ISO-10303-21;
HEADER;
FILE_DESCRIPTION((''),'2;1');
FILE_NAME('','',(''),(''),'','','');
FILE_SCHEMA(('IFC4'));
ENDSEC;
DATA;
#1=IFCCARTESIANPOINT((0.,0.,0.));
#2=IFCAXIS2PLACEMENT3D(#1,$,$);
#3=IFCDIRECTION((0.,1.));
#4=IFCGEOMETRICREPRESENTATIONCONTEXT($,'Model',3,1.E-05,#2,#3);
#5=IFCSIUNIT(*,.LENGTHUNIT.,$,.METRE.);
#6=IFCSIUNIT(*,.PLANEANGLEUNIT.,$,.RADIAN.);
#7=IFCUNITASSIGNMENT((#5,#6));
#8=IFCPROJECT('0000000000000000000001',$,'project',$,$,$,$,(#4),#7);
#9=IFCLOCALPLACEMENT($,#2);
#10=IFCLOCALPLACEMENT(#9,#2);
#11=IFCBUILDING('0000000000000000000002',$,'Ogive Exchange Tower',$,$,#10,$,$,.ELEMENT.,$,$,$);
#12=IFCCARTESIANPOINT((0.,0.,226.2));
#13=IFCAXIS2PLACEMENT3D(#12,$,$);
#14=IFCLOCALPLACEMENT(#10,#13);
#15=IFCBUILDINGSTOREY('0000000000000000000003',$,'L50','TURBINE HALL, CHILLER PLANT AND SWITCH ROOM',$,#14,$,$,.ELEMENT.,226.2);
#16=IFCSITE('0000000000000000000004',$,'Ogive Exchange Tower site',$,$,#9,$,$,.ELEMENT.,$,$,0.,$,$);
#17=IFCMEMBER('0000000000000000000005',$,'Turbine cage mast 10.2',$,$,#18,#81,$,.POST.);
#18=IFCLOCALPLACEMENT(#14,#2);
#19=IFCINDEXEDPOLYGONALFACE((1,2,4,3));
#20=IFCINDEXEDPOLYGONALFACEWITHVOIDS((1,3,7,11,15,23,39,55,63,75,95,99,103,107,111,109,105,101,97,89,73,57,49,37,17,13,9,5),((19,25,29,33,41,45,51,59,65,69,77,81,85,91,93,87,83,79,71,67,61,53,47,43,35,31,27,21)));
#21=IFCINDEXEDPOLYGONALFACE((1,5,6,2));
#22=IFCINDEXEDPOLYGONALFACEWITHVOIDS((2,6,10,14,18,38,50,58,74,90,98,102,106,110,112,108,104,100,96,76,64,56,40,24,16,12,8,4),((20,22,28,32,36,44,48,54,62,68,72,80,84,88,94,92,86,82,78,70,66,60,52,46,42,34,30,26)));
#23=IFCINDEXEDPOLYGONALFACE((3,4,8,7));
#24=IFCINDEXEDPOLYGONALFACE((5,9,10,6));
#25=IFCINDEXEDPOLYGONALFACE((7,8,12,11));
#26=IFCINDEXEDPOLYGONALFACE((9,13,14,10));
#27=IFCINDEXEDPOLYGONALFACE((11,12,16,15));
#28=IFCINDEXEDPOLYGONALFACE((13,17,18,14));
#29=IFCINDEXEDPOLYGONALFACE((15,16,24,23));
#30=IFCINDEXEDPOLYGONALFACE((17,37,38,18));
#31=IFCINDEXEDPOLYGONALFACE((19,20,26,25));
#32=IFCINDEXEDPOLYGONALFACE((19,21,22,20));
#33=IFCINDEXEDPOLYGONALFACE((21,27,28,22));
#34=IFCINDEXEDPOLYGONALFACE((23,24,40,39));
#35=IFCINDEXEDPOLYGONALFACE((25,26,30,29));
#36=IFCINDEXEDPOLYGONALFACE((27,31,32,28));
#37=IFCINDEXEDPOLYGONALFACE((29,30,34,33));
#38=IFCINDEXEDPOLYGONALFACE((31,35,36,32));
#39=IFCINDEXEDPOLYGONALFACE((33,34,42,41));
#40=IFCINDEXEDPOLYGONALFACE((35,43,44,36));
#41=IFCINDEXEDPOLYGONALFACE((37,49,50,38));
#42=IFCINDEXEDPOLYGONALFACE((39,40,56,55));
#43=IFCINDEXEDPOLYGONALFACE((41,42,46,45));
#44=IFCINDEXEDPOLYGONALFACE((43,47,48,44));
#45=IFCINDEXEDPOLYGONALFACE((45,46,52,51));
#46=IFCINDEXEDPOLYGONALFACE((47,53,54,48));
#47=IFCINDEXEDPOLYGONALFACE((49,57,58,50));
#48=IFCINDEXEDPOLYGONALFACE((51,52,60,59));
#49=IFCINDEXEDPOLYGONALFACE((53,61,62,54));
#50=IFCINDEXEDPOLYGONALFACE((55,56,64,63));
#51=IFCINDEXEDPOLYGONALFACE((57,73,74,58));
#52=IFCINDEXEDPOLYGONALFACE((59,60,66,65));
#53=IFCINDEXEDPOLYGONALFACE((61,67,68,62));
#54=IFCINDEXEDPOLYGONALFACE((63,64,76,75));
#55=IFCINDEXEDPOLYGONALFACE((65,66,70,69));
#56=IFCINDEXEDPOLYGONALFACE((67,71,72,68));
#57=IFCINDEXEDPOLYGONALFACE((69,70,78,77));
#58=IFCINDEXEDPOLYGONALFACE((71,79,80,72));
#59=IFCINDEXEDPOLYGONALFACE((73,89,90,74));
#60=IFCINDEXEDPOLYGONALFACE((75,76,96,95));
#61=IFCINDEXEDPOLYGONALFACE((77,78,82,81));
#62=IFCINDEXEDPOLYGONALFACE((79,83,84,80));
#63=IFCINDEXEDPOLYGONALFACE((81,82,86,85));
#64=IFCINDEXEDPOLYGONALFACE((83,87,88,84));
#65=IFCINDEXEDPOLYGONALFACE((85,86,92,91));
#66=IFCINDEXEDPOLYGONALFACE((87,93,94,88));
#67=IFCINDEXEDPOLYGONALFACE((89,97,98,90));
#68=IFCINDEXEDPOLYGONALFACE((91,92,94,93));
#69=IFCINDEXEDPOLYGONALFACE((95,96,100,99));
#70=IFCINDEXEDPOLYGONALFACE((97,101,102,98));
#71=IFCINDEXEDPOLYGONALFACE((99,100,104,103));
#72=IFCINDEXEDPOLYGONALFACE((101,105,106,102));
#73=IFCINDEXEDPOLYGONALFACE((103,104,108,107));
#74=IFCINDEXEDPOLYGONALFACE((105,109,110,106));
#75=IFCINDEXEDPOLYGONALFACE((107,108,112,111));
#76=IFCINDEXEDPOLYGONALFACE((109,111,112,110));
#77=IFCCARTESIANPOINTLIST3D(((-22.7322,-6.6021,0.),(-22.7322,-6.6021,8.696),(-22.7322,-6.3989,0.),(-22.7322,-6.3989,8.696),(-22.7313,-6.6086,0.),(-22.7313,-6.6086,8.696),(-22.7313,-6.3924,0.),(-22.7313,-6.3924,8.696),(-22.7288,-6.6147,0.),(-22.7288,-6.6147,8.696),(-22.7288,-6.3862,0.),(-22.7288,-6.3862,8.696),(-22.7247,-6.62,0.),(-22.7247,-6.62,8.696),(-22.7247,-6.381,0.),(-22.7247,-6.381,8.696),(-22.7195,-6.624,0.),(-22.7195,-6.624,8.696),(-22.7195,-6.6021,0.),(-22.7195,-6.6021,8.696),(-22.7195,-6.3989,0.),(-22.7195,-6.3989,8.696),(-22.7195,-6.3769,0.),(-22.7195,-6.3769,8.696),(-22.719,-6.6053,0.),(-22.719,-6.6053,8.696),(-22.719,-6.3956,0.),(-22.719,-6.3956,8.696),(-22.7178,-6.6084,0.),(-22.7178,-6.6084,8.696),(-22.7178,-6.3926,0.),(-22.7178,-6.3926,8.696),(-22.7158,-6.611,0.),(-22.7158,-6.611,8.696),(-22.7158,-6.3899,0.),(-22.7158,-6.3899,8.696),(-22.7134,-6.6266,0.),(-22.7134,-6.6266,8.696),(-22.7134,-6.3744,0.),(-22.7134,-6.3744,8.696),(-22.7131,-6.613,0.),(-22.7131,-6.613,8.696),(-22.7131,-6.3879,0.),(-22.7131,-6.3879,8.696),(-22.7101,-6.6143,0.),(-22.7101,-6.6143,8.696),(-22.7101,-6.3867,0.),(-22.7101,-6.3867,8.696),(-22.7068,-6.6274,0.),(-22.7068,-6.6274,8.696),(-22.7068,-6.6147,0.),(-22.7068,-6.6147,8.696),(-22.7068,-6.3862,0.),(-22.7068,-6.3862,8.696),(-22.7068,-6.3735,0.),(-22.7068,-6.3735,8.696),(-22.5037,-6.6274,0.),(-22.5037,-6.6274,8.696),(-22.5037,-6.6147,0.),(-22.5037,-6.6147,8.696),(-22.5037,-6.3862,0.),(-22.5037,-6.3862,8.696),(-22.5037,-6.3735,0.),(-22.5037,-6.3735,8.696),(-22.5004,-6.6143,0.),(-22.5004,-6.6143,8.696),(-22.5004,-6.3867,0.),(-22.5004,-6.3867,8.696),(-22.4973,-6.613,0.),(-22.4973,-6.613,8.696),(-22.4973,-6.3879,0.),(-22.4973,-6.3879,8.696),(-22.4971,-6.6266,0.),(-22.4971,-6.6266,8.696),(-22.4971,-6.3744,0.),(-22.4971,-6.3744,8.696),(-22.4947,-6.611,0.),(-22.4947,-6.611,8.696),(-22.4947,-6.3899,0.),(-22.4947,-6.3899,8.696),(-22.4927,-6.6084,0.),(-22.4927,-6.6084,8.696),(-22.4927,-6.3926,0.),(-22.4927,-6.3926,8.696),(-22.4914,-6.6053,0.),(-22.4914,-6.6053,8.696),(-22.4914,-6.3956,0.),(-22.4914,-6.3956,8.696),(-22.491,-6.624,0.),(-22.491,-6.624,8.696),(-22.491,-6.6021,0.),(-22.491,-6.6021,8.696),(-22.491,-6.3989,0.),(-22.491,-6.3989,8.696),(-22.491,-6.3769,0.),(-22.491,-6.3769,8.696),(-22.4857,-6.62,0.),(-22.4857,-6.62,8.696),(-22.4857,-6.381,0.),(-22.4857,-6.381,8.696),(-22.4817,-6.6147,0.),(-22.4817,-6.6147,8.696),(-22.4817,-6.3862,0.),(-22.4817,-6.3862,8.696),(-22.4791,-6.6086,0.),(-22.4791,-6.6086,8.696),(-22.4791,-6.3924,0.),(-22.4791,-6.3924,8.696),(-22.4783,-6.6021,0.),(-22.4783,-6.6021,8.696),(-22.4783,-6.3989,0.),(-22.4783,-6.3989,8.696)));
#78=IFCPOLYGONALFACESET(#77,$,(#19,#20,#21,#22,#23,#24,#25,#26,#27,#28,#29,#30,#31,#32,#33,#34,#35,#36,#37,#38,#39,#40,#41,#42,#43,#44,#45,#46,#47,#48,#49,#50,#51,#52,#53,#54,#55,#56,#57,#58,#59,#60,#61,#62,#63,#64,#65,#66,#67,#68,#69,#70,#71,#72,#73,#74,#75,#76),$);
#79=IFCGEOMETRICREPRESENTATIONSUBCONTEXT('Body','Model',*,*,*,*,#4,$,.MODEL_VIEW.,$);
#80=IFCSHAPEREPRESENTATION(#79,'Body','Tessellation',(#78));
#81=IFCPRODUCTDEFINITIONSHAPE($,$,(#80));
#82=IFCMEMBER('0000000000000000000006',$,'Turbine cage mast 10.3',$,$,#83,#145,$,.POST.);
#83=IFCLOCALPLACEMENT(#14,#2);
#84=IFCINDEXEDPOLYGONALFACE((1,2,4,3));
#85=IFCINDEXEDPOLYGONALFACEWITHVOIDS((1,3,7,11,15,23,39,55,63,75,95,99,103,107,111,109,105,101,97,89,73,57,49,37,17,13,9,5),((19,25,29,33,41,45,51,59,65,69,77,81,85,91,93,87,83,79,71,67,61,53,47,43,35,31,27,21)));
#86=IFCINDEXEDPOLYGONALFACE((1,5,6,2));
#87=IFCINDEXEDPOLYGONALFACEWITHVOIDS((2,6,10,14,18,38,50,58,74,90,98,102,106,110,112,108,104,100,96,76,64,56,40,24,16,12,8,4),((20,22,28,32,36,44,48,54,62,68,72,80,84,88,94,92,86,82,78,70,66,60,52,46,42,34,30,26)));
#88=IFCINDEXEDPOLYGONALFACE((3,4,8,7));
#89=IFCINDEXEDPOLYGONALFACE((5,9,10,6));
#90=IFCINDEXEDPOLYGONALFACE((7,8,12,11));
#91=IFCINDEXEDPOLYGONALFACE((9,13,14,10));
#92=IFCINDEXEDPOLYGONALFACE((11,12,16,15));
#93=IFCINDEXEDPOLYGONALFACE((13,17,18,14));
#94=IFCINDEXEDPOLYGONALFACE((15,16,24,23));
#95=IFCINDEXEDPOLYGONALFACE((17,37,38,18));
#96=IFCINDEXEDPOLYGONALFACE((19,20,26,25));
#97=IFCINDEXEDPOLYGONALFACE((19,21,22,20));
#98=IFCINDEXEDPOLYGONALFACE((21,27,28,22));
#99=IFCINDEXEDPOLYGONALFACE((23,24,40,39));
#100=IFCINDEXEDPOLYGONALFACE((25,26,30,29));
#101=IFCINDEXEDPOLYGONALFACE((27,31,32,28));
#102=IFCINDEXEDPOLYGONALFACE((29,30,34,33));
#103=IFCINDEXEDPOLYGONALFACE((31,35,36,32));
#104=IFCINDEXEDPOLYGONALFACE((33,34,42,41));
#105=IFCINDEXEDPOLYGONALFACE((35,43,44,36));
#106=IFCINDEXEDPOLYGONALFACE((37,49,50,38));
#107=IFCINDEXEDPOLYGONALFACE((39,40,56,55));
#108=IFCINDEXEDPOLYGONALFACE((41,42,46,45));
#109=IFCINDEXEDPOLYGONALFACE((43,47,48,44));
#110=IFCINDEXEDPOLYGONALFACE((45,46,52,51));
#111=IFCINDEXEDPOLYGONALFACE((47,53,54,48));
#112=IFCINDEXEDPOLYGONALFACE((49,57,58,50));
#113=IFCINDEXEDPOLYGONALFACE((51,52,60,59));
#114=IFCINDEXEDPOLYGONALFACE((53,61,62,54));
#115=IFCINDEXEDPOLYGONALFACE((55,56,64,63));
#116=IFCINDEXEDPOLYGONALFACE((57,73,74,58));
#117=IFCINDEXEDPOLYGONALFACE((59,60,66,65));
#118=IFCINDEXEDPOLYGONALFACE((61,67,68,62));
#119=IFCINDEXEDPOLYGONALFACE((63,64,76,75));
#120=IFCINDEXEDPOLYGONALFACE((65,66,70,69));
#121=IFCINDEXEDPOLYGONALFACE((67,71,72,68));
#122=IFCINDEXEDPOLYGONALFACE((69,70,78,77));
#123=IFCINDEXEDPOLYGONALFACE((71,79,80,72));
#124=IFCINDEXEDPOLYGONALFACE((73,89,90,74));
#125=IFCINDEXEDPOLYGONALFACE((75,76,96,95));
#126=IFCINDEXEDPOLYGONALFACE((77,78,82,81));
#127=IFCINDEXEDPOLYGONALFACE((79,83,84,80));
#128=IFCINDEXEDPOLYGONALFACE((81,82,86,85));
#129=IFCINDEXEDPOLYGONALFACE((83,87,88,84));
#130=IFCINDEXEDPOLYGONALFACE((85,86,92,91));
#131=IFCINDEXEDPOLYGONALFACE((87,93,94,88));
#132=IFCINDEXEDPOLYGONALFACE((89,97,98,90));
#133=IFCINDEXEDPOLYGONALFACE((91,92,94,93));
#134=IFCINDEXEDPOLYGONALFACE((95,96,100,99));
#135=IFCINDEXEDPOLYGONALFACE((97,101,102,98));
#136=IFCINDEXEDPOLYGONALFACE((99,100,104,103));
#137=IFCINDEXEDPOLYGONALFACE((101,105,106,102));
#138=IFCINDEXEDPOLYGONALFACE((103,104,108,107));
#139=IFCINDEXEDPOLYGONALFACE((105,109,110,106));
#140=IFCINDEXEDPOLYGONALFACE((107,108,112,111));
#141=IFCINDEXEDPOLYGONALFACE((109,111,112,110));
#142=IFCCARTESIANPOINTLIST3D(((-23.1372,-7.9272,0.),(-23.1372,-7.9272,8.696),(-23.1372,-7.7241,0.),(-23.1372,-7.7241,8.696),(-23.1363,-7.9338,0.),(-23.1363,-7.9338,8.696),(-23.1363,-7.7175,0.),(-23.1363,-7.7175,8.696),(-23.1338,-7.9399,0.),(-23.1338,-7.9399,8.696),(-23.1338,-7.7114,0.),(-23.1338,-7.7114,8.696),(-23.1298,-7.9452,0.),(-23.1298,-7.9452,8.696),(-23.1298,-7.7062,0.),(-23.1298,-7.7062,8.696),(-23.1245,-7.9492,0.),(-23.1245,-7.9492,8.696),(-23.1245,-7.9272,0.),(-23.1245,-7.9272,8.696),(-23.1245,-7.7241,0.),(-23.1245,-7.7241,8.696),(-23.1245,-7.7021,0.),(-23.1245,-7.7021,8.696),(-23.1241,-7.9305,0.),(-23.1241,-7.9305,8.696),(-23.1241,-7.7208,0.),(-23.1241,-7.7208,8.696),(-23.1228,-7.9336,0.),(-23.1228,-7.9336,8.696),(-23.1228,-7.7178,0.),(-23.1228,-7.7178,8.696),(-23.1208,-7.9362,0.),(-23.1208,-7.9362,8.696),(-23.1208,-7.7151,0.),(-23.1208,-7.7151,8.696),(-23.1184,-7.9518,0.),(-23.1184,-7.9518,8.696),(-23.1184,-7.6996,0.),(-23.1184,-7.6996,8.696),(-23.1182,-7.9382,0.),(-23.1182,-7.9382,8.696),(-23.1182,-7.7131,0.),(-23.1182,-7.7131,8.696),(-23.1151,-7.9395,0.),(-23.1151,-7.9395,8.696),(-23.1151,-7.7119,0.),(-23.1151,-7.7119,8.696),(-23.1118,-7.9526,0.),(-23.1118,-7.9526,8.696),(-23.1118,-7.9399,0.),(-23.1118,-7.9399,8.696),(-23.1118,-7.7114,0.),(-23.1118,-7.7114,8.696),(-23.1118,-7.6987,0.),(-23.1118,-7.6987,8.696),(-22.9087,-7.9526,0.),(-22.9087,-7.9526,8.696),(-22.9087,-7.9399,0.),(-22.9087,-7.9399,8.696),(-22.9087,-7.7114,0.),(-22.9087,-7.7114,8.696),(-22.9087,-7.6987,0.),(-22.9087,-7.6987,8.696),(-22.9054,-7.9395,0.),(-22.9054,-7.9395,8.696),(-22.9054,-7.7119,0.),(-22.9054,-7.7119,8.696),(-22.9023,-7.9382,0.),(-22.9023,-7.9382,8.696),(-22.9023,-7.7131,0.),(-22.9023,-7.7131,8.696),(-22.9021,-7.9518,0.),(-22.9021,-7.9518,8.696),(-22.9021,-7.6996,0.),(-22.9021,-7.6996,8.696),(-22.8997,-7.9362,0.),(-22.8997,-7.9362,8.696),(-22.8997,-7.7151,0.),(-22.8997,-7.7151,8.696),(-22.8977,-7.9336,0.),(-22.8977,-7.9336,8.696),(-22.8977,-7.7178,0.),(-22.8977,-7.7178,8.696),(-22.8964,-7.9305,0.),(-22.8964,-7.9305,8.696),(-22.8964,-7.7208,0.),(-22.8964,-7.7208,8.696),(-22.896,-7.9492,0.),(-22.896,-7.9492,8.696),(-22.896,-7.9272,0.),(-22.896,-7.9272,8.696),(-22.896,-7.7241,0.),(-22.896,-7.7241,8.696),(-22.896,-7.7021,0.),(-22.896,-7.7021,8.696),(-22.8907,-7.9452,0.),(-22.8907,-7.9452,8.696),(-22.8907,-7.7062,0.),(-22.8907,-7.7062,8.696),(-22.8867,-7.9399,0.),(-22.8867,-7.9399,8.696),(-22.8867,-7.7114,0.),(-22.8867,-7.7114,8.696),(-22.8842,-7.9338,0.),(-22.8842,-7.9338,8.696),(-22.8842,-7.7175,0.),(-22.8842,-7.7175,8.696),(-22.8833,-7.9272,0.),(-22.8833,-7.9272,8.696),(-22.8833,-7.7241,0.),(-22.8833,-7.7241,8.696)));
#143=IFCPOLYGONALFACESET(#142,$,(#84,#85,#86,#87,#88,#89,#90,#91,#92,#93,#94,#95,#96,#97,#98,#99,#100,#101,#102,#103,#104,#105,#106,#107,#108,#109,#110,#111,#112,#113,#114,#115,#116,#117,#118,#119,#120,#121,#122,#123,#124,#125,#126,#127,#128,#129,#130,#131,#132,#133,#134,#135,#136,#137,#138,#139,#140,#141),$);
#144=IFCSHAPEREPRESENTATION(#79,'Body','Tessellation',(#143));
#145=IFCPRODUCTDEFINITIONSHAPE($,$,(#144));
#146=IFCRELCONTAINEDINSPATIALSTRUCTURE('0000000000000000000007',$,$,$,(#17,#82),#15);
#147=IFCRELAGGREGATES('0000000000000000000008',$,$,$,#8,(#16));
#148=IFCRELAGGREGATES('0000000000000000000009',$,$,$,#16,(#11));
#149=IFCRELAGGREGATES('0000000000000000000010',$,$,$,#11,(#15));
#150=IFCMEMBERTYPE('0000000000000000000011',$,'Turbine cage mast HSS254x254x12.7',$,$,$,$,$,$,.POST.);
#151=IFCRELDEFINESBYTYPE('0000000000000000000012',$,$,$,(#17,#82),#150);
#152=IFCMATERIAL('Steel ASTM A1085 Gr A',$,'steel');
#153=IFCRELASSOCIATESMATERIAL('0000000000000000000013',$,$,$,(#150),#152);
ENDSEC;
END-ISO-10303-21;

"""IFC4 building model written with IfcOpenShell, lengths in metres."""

from ifc_helpers import new_model, si_unit, direction, frame, origin, origin_2d, place, context, subcontext, project, spatial, hollow_rectangle, extrude, material, material_profile, profile_set, type_object, element, save


model = new_model("IFC4")

# Units and contexts
model_context = context("Model", 3, precision=1e-05, world=origin(), true_north=direction((0.0, 1.0)))
body_context = subcontext(model_context, "Body", "Model", "MODEL_VIEW")
ifc_project = project(units=[si_unit("LENGTHUNIT", "METRE"), si_unit("PLANEANGLEUNIT", "RADIAN")], contexts=[model_context])

# Site, building, storey
site_placement = place(None, origin())
site = spatial("IfcSite", under=ifc_project, at=site_placement, Name="Ogive Exchange Tower site", CompositionType="ELEMENT", RefElevation=0.0)
building_placement = place(site_placement, origin())
building = spatial("IfcBuilding", under=site, at=building_placement, Name="Ogive Exchange Tower", CompositionType="ELEMENT")
storey_placement = place(building_placement, frame((0.0, 0.0, 226.2)))
storey = spatial("IfcBuildingStorey", under=building, at=storey_placement, Name="L50", Description="TURBINE HALL, CHILLER PLANT AND SWITCH ROOM", CompositionType="ELEMENT", Elevation=226.2)

# Shared definitions
ifc_material_1 = material(Name="Steel ASTM A1085 Gr A", Category="steel")

# Members
ifc_material_profile_1 = material_profile(ifc_material_1, hollow_rectangle(XDim=0.2539, YDim=0.2539, WallThickness=0.0127, InnerFilletRadius=0.0127, OuterFilletRadius=0.0254, at=origin_2d()), Name="HSS254x254x12.7")
ifc_profile_set_1 = profile_set([ifc_material_profile_1], Name="Steel ASTM A1085 Gr A")
member_type_1 = type_object("IfcMemberType", Name="Turbine cage mast HSS254x254x12.7", PredefinedType="POST", material=ifc_profile_set_1)
for number, where, z_axis, x_axis, name in (
    (1, (-22.6052, -6.5005, 0.0), (0.0, 0.0, 1.0), (1.0, 0.0, 0.0), "Turbine cage mast 10.2"),
    (2, (-23.0103, -7.8257, 0.0), (0.0, 0.0, 1.0), (1.0, 0.0, 0.0), "Turbine cage mast 10.3"),
):
    element("IfcMember", number, at=place(storey_placement, frame(where, z_axis=z_axis, x_axis=x_axis)), inside=storey, type_object=member_type_1, Name=name, PredefinedType="POST", context=body_context, shape_type="SweptSolid", body=[
        extrude(hollow_rectangle(XDim=0.2539, YDim=0.2539, WallThickness=0.0127, InnerFilletRadius=0.0127, OuterFilletRadius=0.0254, at=origin_2d()), origin(), (0.0, 0.0, 1.0), 8.696),
    ])

save(model, "model.ifc")
